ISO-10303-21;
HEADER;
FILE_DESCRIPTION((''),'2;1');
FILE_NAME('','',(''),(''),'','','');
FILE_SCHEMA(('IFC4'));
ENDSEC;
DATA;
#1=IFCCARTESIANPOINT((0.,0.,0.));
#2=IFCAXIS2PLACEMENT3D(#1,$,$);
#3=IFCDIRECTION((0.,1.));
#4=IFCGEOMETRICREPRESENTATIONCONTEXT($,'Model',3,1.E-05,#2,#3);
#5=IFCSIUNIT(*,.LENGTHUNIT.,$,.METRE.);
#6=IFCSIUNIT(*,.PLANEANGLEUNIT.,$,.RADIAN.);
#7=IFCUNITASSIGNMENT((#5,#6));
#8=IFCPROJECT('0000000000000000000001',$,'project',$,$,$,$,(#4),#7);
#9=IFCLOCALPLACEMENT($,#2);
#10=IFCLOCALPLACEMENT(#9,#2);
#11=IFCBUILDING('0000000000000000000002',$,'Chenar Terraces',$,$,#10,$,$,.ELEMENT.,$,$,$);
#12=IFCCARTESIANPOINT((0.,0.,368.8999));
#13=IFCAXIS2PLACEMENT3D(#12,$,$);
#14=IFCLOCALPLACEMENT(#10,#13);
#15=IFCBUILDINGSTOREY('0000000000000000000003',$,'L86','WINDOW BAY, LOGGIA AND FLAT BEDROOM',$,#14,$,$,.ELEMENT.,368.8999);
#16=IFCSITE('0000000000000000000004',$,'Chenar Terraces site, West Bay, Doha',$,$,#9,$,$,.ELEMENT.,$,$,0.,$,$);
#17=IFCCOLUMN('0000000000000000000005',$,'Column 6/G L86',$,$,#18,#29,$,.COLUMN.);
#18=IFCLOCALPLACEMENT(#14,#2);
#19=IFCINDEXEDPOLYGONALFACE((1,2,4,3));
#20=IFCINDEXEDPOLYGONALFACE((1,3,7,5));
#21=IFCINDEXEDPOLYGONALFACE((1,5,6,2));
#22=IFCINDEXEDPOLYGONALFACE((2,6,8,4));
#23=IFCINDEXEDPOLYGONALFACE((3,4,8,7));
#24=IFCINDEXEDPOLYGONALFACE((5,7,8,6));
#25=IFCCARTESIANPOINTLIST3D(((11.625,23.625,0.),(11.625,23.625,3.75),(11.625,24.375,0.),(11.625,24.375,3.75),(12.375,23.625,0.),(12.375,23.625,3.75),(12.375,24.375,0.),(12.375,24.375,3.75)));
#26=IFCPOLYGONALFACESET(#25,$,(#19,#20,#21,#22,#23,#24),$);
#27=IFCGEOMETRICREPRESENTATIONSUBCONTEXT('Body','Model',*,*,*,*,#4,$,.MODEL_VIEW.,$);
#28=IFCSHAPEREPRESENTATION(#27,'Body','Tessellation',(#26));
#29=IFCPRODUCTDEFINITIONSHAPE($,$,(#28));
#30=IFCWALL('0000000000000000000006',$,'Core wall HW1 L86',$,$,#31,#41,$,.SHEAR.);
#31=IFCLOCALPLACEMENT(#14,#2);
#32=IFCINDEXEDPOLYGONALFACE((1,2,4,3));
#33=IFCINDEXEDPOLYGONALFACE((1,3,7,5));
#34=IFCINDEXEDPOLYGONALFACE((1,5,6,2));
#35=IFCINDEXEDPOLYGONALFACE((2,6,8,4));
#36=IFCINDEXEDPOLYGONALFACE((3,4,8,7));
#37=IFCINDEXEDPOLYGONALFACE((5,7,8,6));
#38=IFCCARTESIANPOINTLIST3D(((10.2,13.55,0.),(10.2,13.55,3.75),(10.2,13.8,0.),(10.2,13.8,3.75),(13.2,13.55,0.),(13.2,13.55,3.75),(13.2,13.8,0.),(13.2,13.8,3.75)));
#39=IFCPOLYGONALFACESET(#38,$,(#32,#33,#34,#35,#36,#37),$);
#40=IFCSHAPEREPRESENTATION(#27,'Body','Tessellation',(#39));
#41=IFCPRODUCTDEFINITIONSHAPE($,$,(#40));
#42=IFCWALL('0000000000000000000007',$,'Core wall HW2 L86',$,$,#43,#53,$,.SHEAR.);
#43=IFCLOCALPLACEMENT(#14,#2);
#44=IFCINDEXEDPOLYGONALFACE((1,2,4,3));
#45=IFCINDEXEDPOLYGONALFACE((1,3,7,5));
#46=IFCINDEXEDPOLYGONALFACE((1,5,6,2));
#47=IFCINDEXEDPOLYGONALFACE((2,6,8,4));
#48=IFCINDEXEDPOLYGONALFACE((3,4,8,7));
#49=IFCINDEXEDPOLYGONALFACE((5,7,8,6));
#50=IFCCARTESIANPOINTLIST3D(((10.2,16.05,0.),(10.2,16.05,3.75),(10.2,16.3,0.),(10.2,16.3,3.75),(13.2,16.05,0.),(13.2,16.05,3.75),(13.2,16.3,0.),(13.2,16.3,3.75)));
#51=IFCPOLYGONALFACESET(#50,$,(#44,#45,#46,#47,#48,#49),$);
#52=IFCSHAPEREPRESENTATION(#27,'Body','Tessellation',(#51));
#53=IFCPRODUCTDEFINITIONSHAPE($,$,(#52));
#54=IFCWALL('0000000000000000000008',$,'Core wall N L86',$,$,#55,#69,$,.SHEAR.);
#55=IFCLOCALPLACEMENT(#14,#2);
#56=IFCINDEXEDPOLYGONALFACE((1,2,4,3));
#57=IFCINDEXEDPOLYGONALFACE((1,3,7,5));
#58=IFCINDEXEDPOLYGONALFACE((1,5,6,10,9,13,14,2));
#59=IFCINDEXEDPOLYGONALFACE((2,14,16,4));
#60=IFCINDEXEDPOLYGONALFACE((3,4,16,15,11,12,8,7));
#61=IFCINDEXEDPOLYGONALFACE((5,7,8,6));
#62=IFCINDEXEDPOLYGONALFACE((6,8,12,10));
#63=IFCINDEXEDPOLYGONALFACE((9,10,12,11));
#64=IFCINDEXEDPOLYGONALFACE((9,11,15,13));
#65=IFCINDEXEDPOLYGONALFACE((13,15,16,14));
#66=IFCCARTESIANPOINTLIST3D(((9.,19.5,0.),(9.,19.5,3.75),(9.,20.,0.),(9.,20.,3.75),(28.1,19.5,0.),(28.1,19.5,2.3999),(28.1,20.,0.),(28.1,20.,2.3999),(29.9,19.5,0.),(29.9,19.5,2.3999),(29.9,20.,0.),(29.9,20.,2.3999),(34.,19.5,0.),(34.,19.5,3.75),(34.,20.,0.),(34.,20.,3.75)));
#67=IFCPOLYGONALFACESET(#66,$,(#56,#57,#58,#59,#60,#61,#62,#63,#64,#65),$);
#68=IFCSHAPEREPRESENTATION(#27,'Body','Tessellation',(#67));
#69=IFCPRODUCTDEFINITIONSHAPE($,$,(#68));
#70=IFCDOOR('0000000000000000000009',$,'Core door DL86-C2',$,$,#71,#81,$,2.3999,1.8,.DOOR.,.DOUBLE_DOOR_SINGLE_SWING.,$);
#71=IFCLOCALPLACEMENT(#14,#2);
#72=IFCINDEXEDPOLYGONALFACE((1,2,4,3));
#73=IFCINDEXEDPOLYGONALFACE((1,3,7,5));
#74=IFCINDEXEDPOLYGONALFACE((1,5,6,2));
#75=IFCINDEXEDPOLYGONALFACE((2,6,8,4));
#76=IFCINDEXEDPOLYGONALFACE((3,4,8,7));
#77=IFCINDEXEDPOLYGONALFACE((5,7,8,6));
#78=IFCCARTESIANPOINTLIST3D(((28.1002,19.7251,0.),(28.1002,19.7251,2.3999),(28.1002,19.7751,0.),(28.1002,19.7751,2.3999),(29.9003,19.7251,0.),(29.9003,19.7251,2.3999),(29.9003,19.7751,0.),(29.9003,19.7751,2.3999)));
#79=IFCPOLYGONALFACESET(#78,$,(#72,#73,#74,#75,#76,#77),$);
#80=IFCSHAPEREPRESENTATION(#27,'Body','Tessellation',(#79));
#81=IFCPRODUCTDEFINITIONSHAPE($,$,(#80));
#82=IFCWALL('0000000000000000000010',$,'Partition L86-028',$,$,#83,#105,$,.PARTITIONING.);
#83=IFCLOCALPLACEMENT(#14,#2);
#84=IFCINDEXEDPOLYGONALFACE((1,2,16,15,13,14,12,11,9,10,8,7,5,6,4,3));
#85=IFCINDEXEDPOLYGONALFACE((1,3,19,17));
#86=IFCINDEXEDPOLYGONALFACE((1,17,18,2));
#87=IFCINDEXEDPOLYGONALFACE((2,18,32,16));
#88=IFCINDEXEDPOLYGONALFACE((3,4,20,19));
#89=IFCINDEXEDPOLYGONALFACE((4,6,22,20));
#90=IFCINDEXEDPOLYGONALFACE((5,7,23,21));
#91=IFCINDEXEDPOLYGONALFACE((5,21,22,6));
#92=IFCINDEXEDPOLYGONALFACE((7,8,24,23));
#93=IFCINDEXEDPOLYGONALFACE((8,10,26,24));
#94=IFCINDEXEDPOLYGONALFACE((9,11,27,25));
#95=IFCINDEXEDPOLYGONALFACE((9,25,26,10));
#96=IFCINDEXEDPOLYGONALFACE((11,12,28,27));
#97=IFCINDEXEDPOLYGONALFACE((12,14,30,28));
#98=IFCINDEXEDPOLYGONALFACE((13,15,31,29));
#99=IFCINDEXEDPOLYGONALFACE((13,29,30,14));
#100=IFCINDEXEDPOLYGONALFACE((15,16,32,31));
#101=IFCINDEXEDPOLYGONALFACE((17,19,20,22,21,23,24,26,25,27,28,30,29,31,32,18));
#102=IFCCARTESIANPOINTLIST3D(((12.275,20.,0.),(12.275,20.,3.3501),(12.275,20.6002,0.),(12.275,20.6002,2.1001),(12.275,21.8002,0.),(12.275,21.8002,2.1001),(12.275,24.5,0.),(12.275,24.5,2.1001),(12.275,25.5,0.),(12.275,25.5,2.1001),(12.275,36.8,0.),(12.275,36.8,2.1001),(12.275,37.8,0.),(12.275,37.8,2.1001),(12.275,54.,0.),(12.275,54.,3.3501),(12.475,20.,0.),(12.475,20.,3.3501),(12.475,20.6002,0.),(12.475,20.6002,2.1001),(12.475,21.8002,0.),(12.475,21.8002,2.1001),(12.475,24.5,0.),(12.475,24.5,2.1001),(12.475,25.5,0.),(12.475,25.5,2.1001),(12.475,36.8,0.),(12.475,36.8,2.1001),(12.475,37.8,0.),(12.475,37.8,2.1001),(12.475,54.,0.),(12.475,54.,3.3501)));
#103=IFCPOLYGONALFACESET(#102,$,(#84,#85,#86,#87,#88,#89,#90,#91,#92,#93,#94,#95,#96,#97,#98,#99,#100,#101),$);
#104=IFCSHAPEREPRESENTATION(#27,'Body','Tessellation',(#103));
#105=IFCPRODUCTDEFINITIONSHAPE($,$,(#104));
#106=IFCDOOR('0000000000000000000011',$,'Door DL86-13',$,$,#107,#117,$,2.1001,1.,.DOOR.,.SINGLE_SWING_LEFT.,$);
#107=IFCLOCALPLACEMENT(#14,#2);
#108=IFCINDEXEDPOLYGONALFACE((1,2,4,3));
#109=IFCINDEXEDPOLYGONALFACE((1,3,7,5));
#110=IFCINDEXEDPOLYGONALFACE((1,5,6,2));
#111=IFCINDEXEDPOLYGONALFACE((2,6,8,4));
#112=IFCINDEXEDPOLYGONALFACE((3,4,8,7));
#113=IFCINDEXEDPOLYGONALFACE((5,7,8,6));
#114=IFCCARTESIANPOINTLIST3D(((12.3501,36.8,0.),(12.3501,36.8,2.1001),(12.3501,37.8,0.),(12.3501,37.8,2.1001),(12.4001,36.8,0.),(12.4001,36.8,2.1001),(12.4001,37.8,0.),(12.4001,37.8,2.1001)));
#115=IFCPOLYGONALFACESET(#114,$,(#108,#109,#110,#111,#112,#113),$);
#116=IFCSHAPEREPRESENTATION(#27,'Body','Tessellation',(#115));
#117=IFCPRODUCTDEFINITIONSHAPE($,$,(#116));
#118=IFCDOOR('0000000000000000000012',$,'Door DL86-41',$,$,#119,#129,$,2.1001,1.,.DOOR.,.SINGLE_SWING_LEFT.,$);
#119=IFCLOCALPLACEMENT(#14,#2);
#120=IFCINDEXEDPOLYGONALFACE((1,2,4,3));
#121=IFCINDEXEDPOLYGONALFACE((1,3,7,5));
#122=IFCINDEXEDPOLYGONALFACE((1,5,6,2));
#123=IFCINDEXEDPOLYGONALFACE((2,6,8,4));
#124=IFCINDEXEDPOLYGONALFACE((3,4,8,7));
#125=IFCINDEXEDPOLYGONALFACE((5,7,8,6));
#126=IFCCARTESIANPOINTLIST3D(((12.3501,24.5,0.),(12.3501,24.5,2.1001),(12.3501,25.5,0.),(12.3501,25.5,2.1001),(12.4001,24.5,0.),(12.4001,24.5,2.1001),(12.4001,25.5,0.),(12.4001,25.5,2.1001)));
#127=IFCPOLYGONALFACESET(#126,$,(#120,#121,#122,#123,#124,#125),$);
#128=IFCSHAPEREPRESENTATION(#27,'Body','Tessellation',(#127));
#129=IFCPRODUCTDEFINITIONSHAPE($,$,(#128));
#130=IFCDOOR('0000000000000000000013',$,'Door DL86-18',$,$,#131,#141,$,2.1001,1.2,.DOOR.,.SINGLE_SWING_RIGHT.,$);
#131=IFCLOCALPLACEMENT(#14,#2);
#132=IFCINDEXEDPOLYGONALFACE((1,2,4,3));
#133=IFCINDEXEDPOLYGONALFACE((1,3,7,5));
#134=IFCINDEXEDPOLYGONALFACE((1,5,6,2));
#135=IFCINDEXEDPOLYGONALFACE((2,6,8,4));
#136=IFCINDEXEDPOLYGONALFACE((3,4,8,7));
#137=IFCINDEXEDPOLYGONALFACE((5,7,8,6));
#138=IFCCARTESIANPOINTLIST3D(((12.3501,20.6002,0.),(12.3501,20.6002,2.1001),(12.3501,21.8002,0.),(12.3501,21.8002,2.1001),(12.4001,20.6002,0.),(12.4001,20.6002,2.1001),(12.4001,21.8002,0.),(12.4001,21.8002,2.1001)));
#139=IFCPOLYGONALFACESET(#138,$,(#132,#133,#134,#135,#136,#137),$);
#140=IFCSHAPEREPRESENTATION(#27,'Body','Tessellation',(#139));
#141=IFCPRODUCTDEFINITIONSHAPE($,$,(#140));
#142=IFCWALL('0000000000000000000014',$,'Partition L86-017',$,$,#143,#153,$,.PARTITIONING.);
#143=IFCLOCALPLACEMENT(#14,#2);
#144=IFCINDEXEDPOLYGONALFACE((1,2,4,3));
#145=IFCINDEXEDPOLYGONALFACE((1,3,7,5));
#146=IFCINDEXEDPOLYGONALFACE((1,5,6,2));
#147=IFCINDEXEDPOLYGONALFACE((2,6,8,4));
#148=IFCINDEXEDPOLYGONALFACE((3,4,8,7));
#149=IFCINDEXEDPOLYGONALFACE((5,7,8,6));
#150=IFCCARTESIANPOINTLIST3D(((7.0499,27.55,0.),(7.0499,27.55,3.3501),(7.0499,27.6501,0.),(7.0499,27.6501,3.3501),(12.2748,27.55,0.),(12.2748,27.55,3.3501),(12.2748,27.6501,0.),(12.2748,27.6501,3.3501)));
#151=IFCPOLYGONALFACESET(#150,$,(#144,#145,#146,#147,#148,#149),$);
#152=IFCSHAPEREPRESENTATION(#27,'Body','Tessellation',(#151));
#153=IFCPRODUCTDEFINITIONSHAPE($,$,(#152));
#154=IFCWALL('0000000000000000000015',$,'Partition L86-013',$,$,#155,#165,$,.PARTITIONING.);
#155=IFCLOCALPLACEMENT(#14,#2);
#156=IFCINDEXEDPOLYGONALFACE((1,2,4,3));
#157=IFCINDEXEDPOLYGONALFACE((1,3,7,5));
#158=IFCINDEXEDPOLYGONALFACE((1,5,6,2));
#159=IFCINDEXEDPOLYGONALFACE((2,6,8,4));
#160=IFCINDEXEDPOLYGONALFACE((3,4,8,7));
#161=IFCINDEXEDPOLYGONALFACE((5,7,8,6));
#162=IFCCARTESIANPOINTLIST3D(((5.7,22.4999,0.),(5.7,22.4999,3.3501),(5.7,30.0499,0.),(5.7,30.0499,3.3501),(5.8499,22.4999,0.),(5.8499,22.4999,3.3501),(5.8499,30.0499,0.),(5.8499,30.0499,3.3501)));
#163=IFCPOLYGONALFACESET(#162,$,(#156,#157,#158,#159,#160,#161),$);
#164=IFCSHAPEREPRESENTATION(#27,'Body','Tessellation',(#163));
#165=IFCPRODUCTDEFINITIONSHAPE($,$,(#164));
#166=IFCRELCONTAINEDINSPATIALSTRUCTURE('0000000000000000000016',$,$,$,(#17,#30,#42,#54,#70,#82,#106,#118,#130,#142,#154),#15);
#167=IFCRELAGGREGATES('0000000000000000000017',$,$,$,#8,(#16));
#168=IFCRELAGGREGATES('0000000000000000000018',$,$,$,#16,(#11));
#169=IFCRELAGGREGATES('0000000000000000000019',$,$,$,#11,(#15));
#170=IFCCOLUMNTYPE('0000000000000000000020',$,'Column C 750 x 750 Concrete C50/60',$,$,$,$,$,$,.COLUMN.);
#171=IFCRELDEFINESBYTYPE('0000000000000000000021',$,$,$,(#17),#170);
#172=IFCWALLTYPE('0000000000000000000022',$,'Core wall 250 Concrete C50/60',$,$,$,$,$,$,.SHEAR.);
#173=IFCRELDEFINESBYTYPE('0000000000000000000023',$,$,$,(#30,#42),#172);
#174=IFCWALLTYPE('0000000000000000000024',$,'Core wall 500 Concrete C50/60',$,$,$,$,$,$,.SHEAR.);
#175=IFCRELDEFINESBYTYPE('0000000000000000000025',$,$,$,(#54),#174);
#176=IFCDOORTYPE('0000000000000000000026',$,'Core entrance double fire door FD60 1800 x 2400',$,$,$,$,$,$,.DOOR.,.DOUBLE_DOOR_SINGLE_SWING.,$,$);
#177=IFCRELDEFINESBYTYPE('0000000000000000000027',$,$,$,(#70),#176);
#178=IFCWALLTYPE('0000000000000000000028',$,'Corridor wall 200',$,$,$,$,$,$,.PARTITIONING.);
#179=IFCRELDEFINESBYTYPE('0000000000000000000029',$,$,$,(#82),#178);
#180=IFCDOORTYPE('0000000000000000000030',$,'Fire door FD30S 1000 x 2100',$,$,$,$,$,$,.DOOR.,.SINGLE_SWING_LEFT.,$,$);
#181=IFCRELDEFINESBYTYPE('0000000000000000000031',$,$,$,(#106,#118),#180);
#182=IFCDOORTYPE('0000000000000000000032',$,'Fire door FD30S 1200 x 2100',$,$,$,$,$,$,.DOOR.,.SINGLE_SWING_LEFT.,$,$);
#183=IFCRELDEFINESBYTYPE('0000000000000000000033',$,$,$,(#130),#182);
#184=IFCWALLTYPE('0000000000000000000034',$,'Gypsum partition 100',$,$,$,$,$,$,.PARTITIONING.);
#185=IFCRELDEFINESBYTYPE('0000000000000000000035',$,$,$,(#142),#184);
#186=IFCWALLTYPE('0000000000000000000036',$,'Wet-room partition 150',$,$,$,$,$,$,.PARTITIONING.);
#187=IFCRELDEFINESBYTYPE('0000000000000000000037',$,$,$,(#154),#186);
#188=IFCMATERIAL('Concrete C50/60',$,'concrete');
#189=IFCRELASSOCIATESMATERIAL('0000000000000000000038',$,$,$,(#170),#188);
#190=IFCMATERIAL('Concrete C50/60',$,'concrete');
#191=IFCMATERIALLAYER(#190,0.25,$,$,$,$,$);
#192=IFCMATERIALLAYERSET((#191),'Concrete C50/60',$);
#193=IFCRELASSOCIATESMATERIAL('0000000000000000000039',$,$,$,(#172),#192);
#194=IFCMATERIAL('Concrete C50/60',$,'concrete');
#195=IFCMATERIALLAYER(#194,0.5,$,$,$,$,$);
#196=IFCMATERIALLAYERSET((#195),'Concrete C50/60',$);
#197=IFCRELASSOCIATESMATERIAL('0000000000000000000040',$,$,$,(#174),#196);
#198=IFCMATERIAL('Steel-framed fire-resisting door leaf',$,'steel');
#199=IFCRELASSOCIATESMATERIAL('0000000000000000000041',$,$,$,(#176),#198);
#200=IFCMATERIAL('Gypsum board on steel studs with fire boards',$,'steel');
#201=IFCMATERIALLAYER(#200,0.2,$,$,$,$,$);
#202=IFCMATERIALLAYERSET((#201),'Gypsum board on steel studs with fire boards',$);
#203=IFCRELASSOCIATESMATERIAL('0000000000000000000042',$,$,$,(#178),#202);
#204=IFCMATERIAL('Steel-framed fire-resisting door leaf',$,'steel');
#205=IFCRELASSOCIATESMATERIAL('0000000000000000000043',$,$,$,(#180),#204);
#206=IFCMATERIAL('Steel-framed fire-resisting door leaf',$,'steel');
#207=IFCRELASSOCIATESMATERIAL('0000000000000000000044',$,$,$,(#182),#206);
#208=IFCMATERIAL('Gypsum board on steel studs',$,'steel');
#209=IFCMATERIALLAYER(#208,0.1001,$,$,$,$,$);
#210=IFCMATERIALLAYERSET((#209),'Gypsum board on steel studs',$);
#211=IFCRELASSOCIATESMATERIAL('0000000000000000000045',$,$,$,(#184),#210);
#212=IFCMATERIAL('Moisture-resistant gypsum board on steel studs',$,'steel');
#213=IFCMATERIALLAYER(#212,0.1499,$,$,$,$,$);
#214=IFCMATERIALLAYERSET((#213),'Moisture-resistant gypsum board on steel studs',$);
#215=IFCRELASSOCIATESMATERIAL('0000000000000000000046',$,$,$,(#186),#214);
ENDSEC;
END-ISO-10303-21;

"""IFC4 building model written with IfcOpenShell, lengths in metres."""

from ifc_helpers import new_model, si_unit, direction, frame, frame_2d, origin, origin_2d, place, context, subcontext, project, spatial, rectangle, extrude, material, layer, layer_set, material_profile, profile_set, type_object, element, fill, save


model = new_model("IFC4")

# Units and contexts
model_context = context("Model", 3, precision=1e-05, world=origin(), true_north=direction((0.0, 1.0)))
body_context = subcontext(model_context, "Body", "Model", "MODEL_VIEW")
ifc_project = project(units=[si_unit("LENGTHUNIT", "METRE"), si_unit("PLANEANGLEUNIT", "RADIAN")], contexts=[model_context])

# Site, building, storey
site_placement = place(None, origin())
site = spatial("IfcSite", under=ifc_project, at=site_placement, Name="Chenar Terraces site, West Bay, Doha", CompositionType="ELEMENT", RefElevation=0.0)
building_placement = place(site_placement, origin())
building = spatial("IfcBuilding", under=site, at=building_placement, Name="Chenar Terraces", CompositionType="ELEMENT")
storey_placement = place(building_placement, frame((0.0, 0.0, 368.8999)))
storey = spatial("IfcBuildingStorey", under=building, at=storey_placement, Name="L86", Description="WINDOW BAY, LOGGIA AND FLAT BEDROOM", CompositionType="ELEMENT", Elevation=368.8999)

# Column
ifc_material_1 = material(Name="Concrete C50/60", Category="concrete")
ifc_material_profile = material_profile(ifc_material_1, rectangle(XDim=0.75, YDim=0.75, at=origin_2d()), Name="C 750 x 750")
ifc_profile_set = profile_set([ifc_material_profile], Name="Concrete C50/60")
column_type = type_object("IfcColumnType", Name="Column C 750 x 750 Concrete C50/60", PredefinedType="COLUMN", material=ifc_profile_set)
column_placement = place(storey_placement, frame((12.0, 24.0, 0.0), z_axis=(0.0, 0.0, 1.0), x_axis=(1.0, 0.0, 0.0)))
element("IfcColumn", 1, at=column_placement, inside=storey, type_object=column_type, Name="Column 6/G L86", PredefinedType="COLUMN", context=body_context, shape_type="SweptSolid", body=[
    extrude(rectangle(XDim=0.75, YDim=0.75, at=origin_2d()), origin(), (0.0, 0.0, 1.0), 3.75),
])

# Walls
ifc_material_2 = material(Name="Concrete C50/60", Category="concrete")
ifc_layer_1 = layer(ifc_material_2, 0.25)
ifc_layer_set_1 = layer_set([ifc_layer_1], Name="Concrete C50/60")
wall_type_1 = type_object("IfcWallType", Name="Core wall 250 Concrete C50/60", PredefinedType="SHEAR", material=ifc_layer_set_1)
for number, where, z_axis, x_axis, name in (
    (2, (10.2, 13.675, 0.0), (0.0, 0.0, 1.0), (1.0, 0.0, 0.0), "Core wall HW1 L86"),
    (3, (10.2, 16.175, 0.0), (0.0, 0.0, 1.0), (1.0, 0.0, 0.0), "Core wall HW2 L86"),
):
    element("IfcWall", number, at=place(storey_placement, frame(where, z_axis=z_axis, x_axis=x_axis)), inside=storey, type_object=wall_type_1, Name=name, PredefinedType="SHEAR", context=body_context, shape_type="SweptSolid", body=[
        extrude(rectangle(XDim=3.0, YDim=0.25, at=frame_2d((1.5, 0.0))), origin(), (0.0, 0.0, 1.0), 3.75),
    ])

# Wall, opening, door
ifc_material_3 = material(Name="Concrete C50/60", Category="concrete")
ifc_layer_2 = layer(ifc_material_3, 0.5)
ifc_layer_set_2 = layer_set([ifc_layer_2], Name="Concrete C50/60")
wall_type_2 = type_object("IfcWallType", Name="Core wall 500 Concrete C50/60", PredefinedType="SHEAR", material=ifc_layer_set_2)
wall_1_placement = place(storey_placement, frame((9.0, 19.75, 0.0), z_axis=(0.0, 0.0, 1.0), x_axis=(1.0, 0.0, 0.0)))
wall_1 = element("IfcWall", 4, at=wall_1_placement, inside=storey, type_object=wall_type_2, Name="Core wall N L86", PredefinedType="SHEAR", context=body_context, shape_type="SweptSolid", body=[
    extrude(rectangle(XDim=25.0, YDim=0.5, at=frame_2d((12.5, 0.0))), origin(), (0.0, 0.0, 1.0), 3.75),
])
opening_1_placement = place(wall_1_placement, frame((19.1001, 0.0, 0.0)))
opening_1 = element("IfcOpeningElement", 5, at=opening_1_placement, cuts=wall_1, PredefinedType="OPENING", context=body_context, shape_type="SweptSolid", body=[
    extrude(rectangle(XDim=1.8, YDim=2.3999, at=frame_2d((0.8999, 1.2))), frame((0.0, 0.26, 0.0), z_axis=(0.0, -1.0, 0.0), x_axis=(1.0, 0.0, 0.0)), (0.0, 0.0, 1.0), 0.52),
])
ifc_material_4 = material(Name="Steel-framed fire-resisting door leaf", Category="steel")
door_type_1 = type_object("IfcDoorType", Name="Core entrance double fire door FD60 1800 x 2400", OperationType="DOUBLE_DOOR_SINGLE_SWING", PredefinedType="DOOR", material=ifc_material_4)
door_1_placement = place(opening_1_placement, frame((1.8, 0.0, 0.0), z_axis=(0.0, 0.0, 1.0), x_axis=(-1.0, 0.0, 0.0)))
door_1 = element("IfcDoor", 6, at=door_1_placement, inside=storey, type_object=door_type_1, Name="Core door DL86-C2", OperationType="DOUBLE_DOOR_SINGLE_SWING", OverallHeight=2.3999, OverallWidth=1.8, PredefinedType="DOOR", context=body_context, shape_type="SweptSolid", body=[
    extrude(rectangle(XDim=1.8, YDim=2.3999, at=frame_2d((0.8999, 1.2))), frame((0.0, 0.0249, 0.0), z_axis=(0.0, -1.0, 0.0), x_axis=(1.0, 0.0, 0.0)), (0.0, 0.0, 1.0), 0.05),
])
fill(opening_1, door_1)

# Wall, openings, doors
ifc_material_5 = material(Name="Gypsum board on steel studs with fire boards", Category="steel")
ifc_layer_3 = layer(ifc_material_5, 0.2)
ifc_layer_set_3 = layer_set([ifc_layer_3], Name="Gypsum board on steel studs with fire boards")
wall_type_3 = type_object("IfcWallType", Name="Corridor wall 200", PredefinedType="PARTITIONING", material=ifc_layer_set_3)
wall_2_placement = place(storey_placement, frame((12.375, 20.0, 0.0), z_axis=(0.0, 0.0, 1.0), x_axis=(0.0, 1.0, 0.0)))
wall_2 = element("IfcWall", 7, at=wall_2_placement, inside=storey, type_object=wall_type_3, Name="Partition L86-028", PredefinedType="PARTITIONING", context=body_context, shape_type="SweptSolid", body=[
    extrude(rectangle(XDim=34.0, YDim=0.2, at=frame_2d((17.0, 0.0))), origin(), (0.0, 0.0, 1.0), 3.3501),
])
opening_2_placement = place(wall_2_placement, frame((16.8, 0.0, 0.0)))
opening_2 = element("IfcOpeningElement", 8, at=opening_2_placement, cuts=wall_2, PredefinedType="OPENING", context=body_context, shape_type="SweptSolid", body=[
    extrude(rectangle(XDim=1.0, YDim=2.1001, at=frame_2d((0.5, 1.05))), frame((0.0, 0.1099, 0.0), z_axis=(0.0, -1.0, 0.0), x_axis=(1.0, 0.0, 0.0)), (0.0, 0.0, 1.0), 0.22),
])
opening_3_placement = place(wall_2_placement, frame((0.6001, 0.0, 0.0)))
opening_3 = element("IfcOpeningElement", 9, at=opening_3_placement, cuts=wall_2, PredefinedType="OPENING", context=body_context, shape_type="SweptSolid", body=[
    extrude(rectangle(XDim=1.2, YDim=2.1001, at=frame_2d((0.6001, 1.05))), frame((0.0, 0.1099, 0.0), z_axis=(0.0, -1.0, 0.0), x_axis=(1.0, 0.0, 0.0)), (0.0, 0.0, 1.0), 0.22),
])
opening_4_placement = place(wall_2_placement, frame((4.5, 0.0, 0.0)))
opening_4 = element("IfcOpeningElement", 10, at=opening_4_placement, cuts=wall_2, PredefinedType="OPENING", context=body_context, shape_type="SweptSolid", body=[
    extrude(rectangle(XDim=1.0, YDim=2.1001, at=frame_2d((0.5, 1.05))), frame((0.0, 0.1099, 0.0), z_axis=(0.0, -1.0, 0.0), x_axis=(1.0, 0.0, 0.0)), (0.0, 0.0, 1.0), 0.22),
])
ifc_material_6 = material(Name="Steel-framed fire-resisting door leaf", Category="steel")
door_type_2 = type_object("IfcDoorType", Name="Fire door FD30S 1000 x 2100", OperationType="SINGLE_SWING_LEFT", PredefinedType="DOOR", material=ifc_material_6)
door_2_placement = place(opening_2_placement, origin())
door_2 = element("IfcDoor", 11, at=door_2_placement, inside=storey, type_object=door_type_2, Name="Door DL86-13", OperationType="SINGLE_SWING_LEFT", OverallHeight=2.1001, OverallWidth=1.0, PredefinedType="DOOR", context=body_context, shape_type="SweptSolid", body=[
    extrude(rectangle(XDim=1.0, YDim=2.1001, at=frame_2d((0.5, 1.05))), frame((0.0, 0.0249, 0.0), z_axis=(0.0, -1.0, 0.0), x_axis=(1.0, 0.0, 0.0)), (0.0, 0.0, 1.0), 0.05),
])
fill(opening_2, door_2)
door_3_placement = place(opening_4_placement, origin())
door_3 = element("IfcDoor", 12, at=door_3_placement, inside=storey, type_object=door_type_2, Name="Door DL86-41", OperationType="SINGLE_SWING_LEFT", OverallHeight=2.1001, OverallWidth=1.0, PredefinedType="DOOR", context=body_context, shape_type="SweptSolid", body=[
    extrude(rectangle(XDim=1.0, YDim=2.1001, at=frame_2d((0.5, 1.05))), frame((0.0, 0.0249, 0.0), z_axis=(0.0, -1.0, 0.0), x_axis=(1.0, 0.0, 0.0)), (0.0, 0.0, 1.0), 0.05),
])
fill(opening_4, door_3)
ifc_material_7 = material(Name="Steel-framed fire-resisting door leaf", Category="steel")
door_type_3 = type_object("IfcDoorType", Name="Fire door FD30S 1200 x 2100", OperationType="SINGLE_SWING_LEFT", PredefinedType="DOOR", material=ifc_material_7)
door_4_placement = place(opening_3_placement, origin())
door_4 = element("IfcDoor", 13, at=door_4_placement, inside=storey, type_object=door_type_3, Name="Door DL86-18", OperationType="SINGLE_SWING_RIGHT", OverallHeight=2.1001, OverallWidth=1.2, PredefinedType="DOOR", context=body_context, shape_type="SweptSolid", body=[
    extrude(rectangle(XDim=1.2, YDim=2.1001, at=frame_2d((0.6001, 1.05))), frame((0.0, 0.0249, 0.0), z_axis=(0.0, -1.0, 0.0), x_axis=(1.0, 0.0, 0.0)), (0.0, 0.0, 1.0), 0.05),
])
fill(opening_3, door_4)

# Walls
ifc_material_8 = material(Name="Gypsum board on steel studs", Category="steel")
ifc_layer_4 = layer(ifc_material_8, 0.1001)
ifc_layer_set_4 = layer_set([ifc_layer_4], Name="Gypsum board on steel studs")
wall_type_4 = type_object("IfcWallType", Name="Gypsum partition 100", PredefinedType="PARTITIONING", material=ifc_layer_set_4)
wall_3_placement = place(storey_placement, frame((7.05, 27.6001, 0.0), z_axis=(0.0, 0.0, 1.0), x_axis=(1.0, 0.0, 0.0)))
element("IfcWall", 14, at=wall_3_placement, inside=storey, type_object=wall_type_4, Name="Partition L86-017", PredefinedType="PARTITIONING", context=body_context, shape_type="SweptSolid", body=[
    extrude(rectangle(XDim=5.2249, YDim=0.1001, at=frame_2d((2.6123, 0.0))), origin(), (0.0, 0.0, 1.0), 3.3501),
])
ifc_material_9 = material(Name="Moisture-resistant gypsum board on steel studs", Category="steel")
ifc_layer_5 = layer(ifc_material_9, 0.1499)
ifc_layer_set_5 = layer_set([ifc_layer_5], Name="Moisture-resistant gypsum board on steel studs")
wall_type_5 = type_object("IfcWallType", Name="Wet-room partition 150", PredefinedType="PARTITIONING", material=ifc_layer_set_5)
wall_4_placement = place(storey_placement, frame((5.7749, 22.5, 0.0), z_axis=(0.0, 0.0, 1.0), x_axis=(0.0, 1.0, 0.0)))
element("IfcWall", 15, at=wall_4_placement, inside=storey, type_object=wall_type_5, Name="Partition L86-013", PredefinedType="PARTITIONING", context=body_context, shape_type="SweptSolid", body=[
    extrude(rectangle(XDim=7.55, YDim=0.1499, at=frame_2d((3.7749, 0.0))), origin(), (0.0, 0.0, 1.0), 3.3501),
])

save(model, "model.ifc")
